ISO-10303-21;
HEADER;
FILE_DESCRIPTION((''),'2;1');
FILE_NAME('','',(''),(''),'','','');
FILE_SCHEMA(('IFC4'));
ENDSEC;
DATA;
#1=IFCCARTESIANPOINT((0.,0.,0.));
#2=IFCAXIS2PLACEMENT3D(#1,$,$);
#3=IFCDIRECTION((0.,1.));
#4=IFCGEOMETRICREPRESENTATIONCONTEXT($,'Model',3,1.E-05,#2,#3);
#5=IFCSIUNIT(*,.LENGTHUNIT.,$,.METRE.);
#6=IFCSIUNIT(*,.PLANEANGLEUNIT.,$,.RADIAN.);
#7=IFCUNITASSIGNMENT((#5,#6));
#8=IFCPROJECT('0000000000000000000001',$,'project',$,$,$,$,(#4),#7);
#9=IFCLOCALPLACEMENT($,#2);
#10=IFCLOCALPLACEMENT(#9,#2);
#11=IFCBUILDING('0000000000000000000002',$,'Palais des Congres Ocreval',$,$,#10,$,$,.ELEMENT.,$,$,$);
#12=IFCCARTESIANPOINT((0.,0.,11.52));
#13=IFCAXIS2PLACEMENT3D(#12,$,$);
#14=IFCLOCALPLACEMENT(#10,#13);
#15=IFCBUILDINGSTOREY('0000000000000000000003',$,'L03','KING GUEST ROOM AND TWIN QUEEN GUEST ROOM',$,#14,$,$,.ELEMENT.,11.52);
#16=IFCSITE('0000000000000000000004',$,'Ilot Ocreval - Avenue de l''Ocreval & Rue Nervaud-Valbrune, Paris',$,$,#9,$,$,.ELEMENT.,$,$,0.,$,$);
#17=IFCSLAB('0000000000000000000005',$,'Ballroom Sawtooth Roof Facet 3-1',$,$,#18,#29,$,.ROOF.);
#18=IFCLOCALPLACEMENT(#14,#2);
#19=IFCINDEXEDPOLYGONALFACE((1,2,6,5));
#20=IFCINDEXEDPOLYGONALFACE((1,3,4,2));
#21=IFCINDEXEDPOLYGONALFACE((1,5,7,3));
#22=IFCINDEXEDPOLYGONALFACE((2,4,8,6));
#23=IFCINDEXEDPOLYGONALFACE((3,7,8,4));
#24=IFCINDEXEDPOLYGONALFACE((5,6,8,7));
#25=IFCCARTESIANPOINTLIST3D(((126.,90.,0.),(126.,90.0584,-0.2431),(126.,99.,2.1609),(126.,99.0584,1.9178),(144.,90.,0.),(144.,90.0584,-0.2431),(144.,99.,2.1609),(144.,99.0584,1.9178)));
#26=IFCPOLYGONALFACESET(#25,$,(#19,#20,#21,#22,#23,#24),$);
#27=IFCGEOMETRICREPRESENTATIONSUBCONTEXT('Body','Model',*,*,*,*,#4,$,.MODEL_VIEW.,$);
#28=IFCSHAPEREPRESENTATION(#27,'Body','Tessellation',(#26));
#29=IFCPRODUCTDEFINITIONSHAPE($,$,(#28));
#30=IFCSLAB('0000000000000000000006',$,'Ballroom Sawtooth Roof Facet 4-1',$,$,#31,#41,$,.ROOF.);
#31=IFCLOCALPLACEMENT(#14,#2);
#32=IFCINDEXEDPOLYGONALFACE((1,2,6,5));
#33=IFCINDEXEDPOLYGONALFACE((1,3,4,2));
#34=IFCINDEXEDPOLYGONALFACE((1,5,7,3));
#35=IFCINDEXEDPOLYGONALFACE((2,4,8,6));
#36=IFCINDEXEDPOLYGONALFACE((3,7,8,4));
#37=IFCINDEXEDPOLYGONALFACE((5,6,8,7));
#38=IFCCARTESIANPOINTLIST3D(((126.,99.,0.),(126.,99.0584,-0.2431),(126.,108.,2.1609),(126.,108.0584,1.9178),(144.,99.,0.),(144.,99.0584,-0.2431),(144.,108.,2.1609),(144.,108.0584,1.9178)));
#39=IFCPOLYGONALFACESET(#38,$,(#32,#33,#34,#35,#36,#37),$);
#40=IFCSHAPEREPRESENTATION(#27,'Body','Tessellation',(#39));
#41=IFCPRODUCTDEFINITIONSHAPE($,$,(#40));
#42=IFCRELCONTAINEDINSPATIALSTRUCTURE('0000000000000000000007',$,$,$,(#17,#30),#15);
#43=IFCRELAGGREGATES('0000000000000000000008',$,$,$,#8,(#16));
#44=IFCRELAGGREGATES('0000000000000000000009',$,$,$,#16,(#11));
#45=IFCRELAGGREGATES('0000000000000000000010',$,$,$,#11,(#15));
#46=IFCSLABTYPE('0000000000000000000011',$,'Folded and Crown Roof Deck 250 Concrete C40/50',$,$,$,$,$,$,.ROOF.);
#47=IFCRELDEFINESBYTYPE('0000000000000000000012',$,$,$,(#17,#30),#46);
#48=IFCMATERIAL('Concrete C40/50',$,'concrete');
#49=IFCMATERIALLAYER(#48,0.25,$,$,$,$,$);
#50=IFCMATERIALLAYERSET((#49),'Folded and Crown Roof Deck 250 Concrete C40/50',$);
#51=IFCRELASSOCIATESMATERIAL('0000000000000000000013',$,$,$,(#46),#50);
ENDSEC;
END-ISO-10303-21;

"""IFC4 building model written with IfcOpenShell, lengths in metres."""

from ifc_helpers import new_model, si_unit, direction, frame, origin, place, context, subcontext, project, spatial, polyline, outline, extrude, material, layer, layer_set, type_object, element, save


model = new_model("IFC4")

# Units and contexts
model_context = context("Model", 3, precision=1e-05, world=origin(), true_north=direction((0.0, 1.0)))
body_context = subcontext(model_context, "Body", "Model", "MODEL_VIEW")
ifc_project = project(units=[si_unit("LENGTHUNIT", "METRE"), si_unit("PLANEANGLEUNIT", "RADIAN")], contexts=[model_context])

# Site, building, storey
site_placement = place(None, origin())
site = spatial("IfcSite", under=ifc_project, at=site_placement, Name="Ilot Ocreval - Avenue de l'Ocreval & Rue Nervaud-Valbrune, Paris", CompositionType="ELEMENT", RefElevation=0.0)
building_placement = place(site_placement, origin())
building = spatial("IfcBuilding", under=site, at=building_placement, Name="Palais des Congres Ocreval", CompositionType="ELEMENT")
storey_placement = place(building_placement, frame((0.0, 0.0, 11.52)))
storey = spatial("IfcBuildingStorey", under=building, at=storey_placement, Name="L03", Description="KING GUEST ROOM AND TWIN QUEEN GUEST ROOM", CompositionType="ELEMENT", Elevation=11.52)

# Slabs
ifc_material_1 = material(Name="Concrete C40/50", Category="concrete")
ifc_layer_1 = layer(ifc_material_1, 0.25)
ifc_layer_set_1 = layer_set([ifc_layer_1], Name="Folded and Crown Roof Deck 250 Concrete C40/50")
slab_type = type_object("IfcSlabType", Name="Folded and Crown Roof Deck 250 Concrete C40/50", PredefinedType="ROOF", material=ifc_layer_set_1)
for number, where, z_axis, x_axis, name in (
    (1, (126.0, 90.0, 0.0), (0.0, -0.233464, 0.972366), (1.0, 0.0, 0.0), "Ballroom Sawtooth Roof Facet 3-1"),
    (2, (126.0, 99.0, 0.0), (0.0, -0.233464, 0.972366), (1.0, 0.0, 0.0), "Ballroom Sawtooth Roof Facet 4-1"),
):
    element("IfcSlab", number, at=place(storey_placement, frame(where, z_axis=z_axis, x_axis=x_axis)), inside=storey, type_object=slab_type, Name=name, PredefinedType="ROOF", context=body_context, shape_type="SweptSolid", body=[
        extrude(outline(polyline([(0.0, 0.0), (18.0, 0.0), (18.0, 9.2558), (0.0, 9.2558), (0.0, 0.0)])), origin(), (0.0, 0.0, -1.0), 0.25),
    ])

save(model, "model.ifc")
